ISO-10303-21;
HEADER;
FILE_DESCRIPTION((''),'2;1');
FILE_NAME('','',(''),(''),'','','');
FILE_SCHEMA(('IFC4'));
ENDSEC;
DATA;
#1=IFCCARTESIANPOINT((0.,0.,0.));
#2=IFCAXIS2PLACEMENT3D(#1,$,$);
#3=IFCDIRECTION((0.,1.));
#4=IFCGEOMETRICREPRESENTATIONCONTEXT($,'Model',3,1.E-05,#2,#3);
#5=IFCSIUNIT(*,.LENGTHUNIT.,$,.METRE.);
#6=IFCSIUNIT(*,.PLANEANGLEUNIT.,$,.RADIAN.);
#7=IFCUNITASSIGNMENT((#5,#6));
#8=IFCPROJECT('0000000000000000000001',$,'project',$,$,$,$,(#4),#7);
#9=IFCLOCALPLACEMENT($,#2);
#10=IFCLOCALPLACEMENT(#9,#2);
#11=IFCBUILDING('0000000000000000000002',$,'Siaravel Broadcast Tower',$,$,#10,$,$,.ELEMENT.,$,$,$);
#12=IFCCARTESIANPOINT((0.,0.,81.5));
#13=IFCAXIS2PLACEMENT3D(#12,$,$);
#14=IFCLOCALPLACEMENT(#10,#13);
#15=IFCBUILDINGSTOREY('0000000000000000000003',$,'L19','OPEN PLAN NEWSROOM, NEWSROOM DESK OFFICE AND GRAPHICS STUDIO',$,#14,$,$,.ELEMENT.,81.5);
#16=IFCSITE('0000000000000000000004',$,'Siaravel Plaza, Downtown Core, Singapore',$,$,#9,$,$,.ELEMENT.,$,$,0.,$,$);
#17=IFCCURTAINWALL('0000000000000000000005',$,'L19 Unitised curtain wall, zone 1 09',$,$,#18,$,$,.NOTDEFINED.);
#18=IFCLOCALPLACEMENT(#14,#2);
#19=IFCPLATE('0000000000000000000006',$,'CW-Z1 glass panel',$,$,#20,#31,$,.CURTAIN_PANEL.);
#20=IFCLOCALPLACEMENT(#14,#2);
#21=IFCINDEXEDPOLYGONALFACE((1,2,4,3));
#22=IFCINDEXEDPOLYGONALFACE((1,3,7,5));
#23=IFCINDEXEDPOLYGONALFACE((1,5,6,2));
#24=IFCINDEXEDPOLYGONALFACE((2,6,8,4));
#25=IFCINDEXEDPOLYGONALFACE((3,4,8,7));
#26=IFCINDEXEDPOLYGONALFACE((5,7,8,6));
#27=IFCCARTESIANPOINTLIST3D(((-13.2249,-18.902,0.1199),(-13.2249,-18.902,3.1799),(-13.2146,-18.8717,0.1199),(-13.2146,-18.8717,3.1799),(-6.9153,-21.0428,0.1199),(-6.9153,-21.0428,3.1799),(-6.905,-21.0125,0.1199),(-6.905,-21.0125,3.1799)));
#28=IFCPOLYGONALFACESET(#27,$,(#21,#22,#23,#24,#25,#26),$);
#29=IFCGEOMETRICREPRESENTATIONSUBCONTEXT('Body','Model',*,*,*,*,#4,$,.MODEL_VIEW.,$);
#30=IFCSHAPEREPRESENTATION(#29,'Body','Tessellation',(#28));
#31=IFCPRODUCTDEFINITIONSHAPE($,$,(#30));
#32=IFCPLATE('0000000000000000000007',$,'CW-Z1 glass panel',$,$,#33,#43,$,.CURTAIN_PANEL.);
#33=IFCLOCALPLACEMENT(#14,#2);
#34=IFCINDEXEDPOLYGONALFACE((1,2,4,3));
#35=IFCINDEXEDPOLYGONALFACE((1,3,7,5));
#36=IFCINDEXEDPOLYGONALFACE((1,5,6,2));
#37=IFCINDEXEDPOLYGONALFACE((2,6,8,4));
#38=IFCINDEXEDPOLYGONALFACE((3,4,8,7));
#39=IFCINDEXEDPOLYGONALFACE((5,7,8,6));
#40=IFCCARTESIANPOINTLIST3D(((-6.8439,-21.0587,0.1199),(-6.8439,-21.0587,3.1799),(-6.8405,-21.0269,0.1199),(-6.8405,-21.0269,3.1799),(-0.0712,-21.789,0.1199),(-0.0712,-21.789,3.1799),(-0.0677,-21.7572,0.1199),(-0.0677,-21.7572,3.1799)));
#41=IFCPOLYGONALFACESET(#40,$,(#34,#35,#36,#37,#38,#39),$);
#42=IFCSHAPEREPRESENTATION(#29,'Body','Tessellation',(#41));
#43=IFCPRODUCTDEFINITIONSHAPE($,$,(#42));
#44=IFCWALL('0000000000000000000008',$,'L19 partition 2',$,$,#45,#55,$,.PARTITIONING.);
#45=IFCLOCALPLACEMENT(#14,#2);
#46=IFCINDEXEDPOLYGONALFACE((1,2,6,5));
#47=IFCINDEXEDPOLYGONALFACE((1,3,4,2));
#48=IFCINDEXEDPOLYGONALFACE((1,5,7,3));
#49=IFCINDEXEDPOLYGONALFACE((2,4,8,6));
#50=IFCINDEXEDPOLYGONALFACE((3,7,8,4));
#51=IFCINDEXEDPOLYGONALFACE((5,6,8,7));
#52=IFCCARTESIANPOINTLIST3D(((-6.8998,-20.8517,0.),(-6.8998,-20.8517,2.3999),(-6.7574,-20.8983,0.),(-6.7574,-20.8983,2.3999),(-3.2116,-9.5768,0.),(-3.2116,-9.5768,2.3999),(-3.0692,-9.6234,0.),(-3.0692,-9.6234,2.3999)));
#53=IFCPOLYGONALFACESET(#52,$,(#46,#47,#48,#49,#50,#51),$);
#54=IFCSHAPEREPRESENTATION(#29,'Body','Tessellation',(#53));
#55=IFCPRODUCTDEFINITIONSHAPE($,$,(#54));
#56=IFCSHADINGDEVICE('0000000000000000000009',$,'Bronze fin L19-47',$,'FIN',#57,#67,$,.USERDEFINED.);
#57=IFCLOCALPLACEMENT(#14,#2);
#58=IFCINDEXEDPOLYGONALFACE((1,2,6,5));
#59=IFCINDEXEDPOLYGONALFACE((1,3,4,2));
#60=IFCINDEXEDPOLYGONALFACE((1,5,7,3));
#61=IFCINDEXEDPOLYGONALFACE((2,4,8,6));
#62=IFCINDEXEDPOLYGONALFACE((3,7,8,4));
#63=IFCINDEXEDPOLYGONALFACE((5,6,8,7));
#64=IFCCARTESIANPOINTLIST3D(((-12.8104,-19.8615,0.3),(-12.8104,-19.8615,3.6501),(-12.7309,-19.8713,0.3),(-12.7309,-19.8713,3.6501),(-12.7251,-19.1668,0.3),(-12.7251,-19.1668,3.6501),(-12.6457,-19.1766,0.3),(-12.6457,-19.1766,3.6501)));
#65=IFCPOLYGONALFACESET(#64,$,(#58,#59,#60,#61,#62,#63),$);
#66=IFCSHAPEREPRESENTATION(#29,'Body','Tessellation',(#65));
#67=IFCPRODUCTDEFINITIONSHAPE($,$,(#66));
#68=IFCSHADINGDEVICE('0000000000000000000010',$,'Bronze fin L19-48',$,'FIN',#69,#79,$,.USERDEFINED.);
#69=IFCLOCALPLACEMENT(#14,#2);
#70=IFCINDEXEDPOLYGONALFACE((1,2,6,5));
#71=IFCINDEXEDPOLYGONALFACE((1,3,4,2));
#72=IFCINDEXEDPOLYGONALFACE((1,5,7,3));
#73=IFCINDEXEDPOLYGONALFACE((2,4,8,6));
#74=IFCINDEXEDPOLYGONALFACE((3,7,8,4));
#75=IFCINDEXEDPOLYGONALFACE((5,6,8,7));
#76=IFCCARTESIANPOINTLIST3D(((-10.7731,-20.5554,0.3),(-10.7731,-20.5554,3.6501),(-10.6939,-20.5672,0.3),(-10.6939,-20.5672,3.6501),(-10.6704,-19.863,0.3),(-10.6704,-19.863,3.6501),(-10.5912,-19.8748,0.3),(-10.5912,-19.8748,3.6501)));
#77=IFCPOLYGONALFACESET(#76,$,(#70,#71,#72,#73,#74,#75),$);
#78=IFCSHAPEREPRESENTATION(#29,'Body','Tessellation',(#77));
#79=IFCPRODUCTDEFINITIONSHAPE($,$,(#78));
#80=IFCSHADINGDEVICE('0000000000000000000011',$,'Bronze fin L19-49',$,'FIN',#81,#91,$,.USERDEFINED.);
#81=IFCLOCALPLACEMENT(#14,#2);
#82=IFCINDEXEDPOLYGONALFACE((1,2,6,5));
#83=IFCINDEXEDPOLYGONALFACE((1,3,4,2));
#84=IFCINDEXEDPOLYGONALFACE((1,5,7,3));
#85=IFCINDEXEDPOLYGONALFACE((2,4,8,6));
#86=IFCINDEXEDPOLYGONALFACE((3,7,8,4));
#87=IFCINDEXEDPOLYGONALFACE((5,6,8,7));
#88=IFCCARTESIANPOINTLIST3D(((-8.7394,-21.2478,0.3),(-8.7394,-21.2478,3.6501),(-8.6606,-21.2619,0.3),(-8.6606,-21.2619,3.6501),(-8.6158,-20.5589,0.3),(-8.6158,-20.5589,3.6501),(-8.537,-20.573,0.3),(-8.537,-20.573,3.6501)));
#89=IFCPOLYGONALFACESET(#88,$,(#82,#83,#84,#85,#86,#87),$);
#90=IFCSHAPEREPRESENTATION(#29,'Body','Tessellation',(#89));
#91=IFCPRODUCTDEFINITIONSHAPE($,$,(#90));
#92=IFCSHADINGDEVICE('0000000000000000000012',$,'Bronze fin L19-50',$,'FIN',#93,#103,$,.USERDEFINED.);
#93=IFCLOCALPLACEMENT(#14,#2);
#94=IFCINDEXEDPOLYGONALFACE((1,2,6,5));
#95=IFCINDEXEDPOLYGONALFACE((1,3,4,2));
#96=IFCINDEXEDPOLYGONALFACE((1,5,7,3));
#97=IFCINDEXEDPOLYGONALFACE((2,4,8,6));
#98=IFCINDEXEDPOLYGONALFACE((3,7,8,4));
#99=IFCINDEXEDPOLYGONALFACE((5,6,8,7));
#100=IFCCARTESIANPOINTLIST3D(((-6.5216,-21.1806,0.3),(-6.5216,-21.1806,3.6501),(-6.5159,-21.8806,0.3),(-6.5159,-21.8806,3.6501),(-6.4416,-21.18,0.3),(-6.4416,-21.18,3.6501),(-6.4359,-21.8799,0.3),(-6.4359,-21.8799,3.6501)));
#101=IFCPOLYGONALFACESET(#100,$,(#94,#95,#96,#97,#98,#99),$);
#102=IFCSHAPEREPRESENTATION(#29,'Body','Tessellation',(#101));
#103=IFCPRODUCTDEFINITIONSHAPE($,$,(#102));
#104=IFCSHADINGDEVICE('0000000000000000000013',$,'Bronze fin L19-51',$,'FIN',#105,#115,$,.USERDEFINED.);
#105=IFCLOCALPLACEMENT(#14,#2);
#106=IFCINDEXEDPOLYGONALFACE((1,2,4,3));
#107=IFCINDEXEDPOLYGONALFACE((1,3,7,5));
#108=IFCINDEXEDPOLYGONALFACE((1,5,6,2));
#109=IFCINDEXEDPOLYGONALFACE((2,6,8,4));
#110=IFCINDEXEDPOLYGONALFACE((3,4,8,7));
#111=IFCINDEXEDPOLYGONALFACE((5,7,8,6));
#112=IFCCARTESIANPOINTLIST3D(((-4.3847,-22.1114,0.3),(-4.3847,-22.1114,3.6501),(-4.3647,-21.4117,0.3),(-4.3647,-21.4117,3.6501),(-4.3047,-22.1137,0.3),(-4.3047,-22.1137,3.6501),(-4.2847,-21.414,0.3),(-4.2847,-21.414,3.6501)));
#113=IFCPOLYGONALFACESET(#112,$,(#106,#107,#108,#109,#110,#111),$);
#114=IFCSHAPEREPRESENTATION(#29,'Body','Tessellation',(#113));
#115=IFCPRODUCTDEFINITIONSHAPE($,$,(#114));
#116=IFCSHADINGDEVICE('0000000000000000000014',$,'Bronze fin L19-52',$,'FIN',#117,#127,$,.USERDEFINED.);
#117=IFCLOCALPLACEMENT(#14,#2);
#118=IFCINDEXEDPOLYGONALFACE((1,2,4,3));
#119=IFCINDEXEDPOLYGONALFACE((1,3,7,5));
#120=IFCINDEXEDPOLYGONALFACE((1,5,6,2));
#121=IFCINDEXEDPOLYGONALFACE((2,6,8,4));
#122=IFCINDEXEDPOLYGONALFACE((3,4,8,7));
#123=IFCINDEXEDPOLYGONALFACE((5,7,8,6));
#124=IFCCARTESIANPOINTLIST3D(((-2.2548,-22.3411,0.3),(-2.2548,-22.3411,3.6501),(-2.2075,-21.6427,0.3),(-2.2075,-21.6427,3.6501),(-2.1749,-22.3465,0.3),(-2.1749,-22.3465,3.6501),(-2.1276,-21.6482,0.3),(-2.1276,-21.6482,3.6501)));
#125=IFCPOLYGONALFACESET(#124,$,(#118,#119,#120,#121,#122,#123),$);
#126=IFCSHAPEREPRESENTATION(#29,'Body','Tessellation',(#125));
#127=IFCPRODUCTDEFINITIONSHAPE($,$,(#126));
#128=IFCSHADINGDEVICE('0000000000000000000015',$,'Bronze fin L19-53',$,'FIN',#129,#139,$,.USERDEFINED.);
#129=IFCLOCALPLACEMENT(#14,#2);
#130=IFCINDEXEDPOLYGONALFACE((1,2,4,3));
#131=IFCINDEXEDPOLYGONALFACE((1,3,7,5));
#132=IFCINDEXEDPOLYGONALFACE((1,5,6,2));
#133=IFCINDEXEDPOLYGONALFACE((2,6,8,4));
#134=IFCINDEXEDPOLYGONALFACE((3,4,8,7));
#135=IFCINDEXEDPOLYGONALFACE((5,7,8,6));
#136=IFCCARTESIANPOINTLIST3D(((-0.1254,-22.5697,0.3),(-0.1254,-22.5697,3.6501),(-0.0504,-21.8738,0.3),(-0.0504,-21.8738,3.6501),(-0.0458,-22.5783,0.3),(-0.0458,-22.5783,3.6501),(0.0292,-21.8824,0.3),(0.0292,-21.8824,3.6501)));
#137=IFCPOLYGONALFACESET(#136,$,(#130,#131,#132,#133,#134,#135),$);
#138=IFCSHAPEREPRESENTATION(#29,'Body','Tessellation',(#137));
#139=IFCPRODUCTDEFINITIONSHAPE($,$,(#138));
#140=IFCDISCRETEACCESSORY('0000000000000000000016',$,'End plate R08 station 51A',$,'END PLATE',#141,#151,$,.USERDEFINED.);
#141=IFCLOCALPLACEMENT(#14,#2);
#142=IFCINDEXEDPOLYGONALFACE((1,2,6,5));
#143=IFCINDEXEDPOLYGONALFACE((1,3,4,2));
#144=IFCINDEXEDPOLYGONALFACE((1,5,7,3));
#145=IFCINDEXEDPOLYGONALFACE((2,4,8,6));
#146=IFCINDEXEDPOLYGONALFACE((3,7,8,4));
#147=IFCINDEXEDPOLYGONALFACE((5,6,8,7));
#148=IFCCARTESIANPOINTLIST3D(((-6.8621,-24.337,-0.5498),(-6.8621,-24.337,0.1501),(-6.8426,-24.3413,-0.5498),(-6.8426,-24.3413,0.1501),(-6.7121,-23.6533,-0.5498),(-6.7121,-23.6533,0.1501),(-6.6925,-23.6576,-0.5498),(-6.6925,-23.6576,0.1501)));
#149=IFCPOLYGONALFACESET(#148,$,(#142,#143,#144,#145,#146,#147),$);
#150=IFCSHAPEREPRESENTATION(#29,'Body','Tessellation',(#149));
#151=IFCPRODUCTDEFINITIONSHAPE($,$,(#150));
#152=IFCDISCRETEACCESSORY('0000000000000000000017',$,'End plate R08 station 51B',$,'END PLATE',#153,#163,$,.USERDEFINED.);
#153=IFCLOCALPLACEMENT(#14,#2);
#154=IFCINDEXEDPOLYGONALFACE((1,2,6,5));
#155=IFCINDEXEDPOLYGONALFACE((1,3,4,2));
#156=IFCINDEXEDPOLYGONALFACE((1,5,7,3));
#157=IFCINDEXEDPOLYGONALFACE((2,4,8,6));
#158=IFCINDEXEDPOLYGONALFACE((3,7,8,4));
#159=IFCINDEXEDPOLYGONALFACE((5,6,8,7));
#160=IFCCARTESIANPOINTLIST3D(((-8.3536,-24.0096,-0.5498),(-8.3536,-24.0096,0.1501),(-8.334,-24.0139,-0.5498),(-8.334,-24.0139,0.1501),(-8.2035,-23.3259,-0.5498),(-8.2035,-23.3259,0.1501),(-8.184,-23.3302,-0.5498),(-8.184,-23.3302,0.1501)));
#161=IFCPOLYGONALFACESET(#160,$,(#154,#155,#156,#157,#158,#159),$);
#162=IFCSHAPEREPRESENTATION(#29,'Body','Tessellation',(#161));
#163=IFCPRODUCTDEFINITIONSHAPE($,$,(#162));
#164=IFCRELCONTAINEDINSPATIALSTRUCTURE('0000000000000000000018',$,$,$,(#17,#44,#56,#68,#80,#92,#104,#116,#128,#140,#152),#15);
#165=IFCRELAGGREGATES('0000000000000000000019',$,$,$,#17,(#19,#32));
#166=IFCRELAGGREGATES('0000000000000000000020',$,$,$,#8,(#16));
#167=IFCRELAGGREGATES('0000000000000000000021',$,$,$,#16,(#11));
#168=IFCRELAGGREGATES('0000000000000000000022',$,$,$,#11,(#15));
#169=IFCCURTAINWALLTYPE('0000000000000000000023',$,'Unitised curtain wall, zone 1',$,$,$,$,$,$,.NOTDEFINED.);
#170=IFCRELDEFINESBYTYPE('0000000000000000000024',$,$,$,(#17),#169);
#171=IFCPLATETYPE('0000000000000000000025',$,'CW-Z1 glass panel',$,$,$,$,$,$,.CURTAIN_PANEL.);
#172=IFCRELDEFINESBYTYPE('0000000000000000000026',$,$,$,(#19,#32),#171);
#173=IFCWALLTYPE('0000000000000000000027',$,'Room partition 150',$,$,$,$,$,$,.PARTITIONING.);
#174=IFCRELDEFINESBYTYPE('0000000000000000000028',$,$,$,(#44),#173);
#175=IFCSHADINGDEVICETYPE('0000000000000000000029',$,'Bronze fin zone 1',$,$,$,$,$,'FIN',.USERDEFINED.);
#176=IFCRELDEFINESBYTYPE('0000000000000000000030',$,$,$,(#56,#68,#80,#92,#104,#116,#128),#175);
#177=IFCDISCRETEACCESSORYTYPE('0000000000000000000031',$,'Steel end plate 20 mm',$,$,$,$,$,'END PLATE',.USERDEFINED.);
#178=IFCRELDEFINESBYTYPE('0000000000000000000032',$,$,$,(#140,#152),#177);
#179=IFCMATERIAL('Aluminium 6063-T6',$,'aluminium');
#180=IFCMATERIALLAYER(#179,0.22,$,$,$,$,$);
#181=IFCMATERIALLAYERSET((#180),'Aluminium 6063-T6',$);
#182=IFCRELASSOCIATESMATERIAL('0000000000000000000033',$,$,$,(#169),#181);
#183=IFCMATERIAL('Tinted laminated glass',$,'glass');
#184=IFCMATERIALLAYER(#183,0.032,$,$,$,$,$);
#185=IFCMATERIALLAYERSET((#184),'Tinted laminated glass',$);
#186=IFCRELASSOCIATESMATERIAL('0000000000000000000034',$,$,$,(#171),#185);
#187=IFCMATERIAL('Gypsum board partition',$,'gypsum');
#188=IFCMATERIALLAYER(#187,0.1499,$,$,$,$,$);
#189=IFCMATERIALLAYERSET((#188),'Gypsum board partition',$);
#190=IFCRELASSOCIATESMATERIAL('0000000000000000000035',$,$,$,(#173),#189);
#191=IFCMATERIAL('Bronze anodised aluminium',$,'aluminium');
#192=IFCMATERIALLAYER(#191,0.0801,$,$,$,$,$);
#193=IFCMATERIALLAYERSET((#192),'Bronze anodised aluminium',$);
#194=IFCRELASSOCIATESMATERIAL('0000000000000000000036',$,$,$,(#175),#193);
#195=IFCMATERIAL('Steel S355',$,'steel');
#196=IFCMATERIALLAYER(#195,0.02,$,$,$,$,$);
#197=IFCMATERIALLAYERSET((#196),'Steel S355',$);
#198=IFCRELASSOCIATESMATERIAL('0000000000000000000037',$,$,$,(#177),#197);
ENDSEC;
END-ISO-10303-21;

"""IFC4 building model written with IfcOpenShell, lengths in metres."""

from ifc_helpers import new_model, si_unit, direction, frame, frame_2d, origin, origin_2d, place, context, subcontext, project, spatial, rectangle, extrude, material, layer, layer_set, type_object, element, aggregate, save


model = new_model("IFC4")

# Units and contexts
model_context = context("Model", 3, precision=1e-05, world=origin(), true_north=direction((0.0, 1.0)))
body_context = subcontext(model_context, "Body", "Model", "MODEL_VIEW")
ifc_project = project(units=[si_unit("LENGTHUNIT", "METRE"), si_unit("PLANEANGLEUNIT", "RADIAN")], contexts=[model_context])

# Site, building, storey
site_placement = place(None, origin())
site = spatial("IfcSite", under=ifc_project, at=site_placement, Name="Siaravel Plaza, Downtown Core, Singapore", CompositionType="ELEMENT", RefElevation=0.0)
building_placement = place(site_placement, origin())
building = spatial("IfcBuilding", under=site, at=building_placement, Name="Siaravel Broadcast Tower", CompositionType="ELEMENT")
storey_placement = place(building_placement, frame((0.0, 0.0, 81.5)))
storey = spatial("IfcBuildingStorey", under=building, at=storey_placement, Name="L19", Description="OPEN PLAN NEWSROOM, NEWSROOM DESK OFFICE AND GRAPHICS STUDIO", CompositionType="ELEMENT", Elevation=81.5)

# Shared definitions
ifc_material_1 = material(Name="Steel S355", Category="steel")

# Curtain wall
ifc_material_2 = material(Name="Aluminium 6063-T6", Category="aluminium")
ifc_layer_1 = layer(ifc_material_2, 0.22)
ifc_layer_set_1 = layer_set([ifc_layer_1], Name="Aluminium 6063-T6")
curtain_wall_type = type_object("IfcCurtainWallType", Name="Unitised curtain wall, zone 1", PredefinedType="NOTDEFINED", material=ifc_layer_set_1)
curtain_wall_placement = place(storey_placement, origin())
curtain_wall = element("IfcCurtainWall", 1, at=curtain_wall_placement, inside=storey, type_object=curtain_wall_type, Name="L19 Unitised curtain wall, zone 1 09", PredefinedType="NOTDEFINED")

# Plates
ifc_material_3 = material(Name="Tinted laminated glass", Category="glass")
ifc_layer_2 = layer(ifc_material_3, 0.032)
ifc_layer_set_2 = layer_set([ifc_layer_2], Name="Tinted laminated glass")
plate_type = type_object("IfcPlateType", Name="CW-Z1 glass panel", PredefinedType="CURTAIN_PANEL", material=ifc_layer_set_2)
plate_1_placement = place(storey_placement, frame((-10.0649, -19.9573, 0.1199), z_axis=(0.0, 0.0, 1.0), x_axis=(0.946977, -0.321301, 0.0)))
plate_1 = element("IfcPlate", 2, at=plate_1_placement, type_object=plate_type, Name="CW-Z1 glass panel", PredefinedType="CURTAIN_PANEL", context=body_context, shape_type="SweptSolid", body=[
    extrude(rectangle(XDim=6.6628, YDim=0.032, at=origin_2d()), origin(), (0.0, 0.0, 1.0), 3.0601),
])
plate_2_placement = place(storey_placement, frame((-3.4558, -21.408, 0.1199), z_axis=(0.0, 0.0, 1.0), x_axis=(0.994236, -0.107218, 0.0)))
plate_2 = element("IfcPlate", 3, at=plate_2_placement, type_object=plate_type, Name="CW-Z1 glass panel", PredefinedType="CURTAIN_PANEL", context=body_context, shape_type="SweptSolid", body=[
    extrude(rectangle(XDim=6.812, YDim=0.032, at=origin_2d()), origin(), (0.0, 0.0, 1.0), 3.0601),
])
aggregate(curtain_wall, [plate_1, plate_2])

# Wall
ifc_material_4 = material(Name="Gypsum board partition", Category="gypsum")
ifc_layer_3 = layer(ifc_material_4, 0.1499)
ifc_layer_set_3 = layer_set([ifc_layer_3], Name="Gypsum board partition")
wall_type = type_object("IfcWallType", Name="Room partition 150", PredefinedType="PARTITIONING", material=ifc_layer_set_3)
wall_placement = place(storey_placement, frame((-6.8286, -20.875, 0.0), z_axis=(0.0, 0.0, 1.0), x_axis=(0.310907, 0.95044, 0.0)))
element("IfcWall", 4, at=wall_placement, inside=storey, type_object=wall_type, Name="L19 partition 2", PredefinedType="PARTITIONING", context=body_context, shape_type="SweptSolid", body=[
    extrude(rectangle(XDim=11.8628, YDim=0.1499, at=frame_2d((5.9314, 0.0))), origin(), (0.0, 0.0, 1.0), 2.3999),
])

# Shading devices
ifc_material_5 = material(Name="Bronze anodised aluminium", Category="aluminium")
ifc_layer_4 = layer(ifc_material_5, 0.0801)
ifc_layer_set_4 = layer_set([ifc_layer_4], Name="Bronze anodised aluminium")
shading_device_type = type_object("IfcShadingDeviceType", Name="Bronze fin zone 1", ElementType="FIN", PredefinedType="USERDEFINED", material=ifc_layer_set_4)
for number, where, z_axis, x_axis, name in (
    (5, (-12.728, -19.519, 0.3), (0.0, 0.0, 1.0), (-0.12181, -0.992553, 0.0), "Bronze fin L19-47"),
    (6, (-10.6821, -20.2151, 0.3), (0.0, 0.0, 1.0), (-0.146694, -0.989182, 0.0), "Bronze fin L19-48"),
    (7, (-8.6382, -20.9104, 0.3), (0.0, 0.0, 1.0), (-0.176585, -0.984285, 0.0), "Bronze fin L19-49"),
    (8, (-6.4788, -21.5303, 0.3), (0.0, 0.0, 1.0), (0.008137, -0.999967, 0.0), "Bronze fin L19-50"),
    (9, (-4.3347, -21.7627, 0.3), (0.0, 0.0, 1.0), (-0.028571, -0.999592, 0.0), "Bronze fin L19-51"),
    (10, (-2.1912, -21.9946, 0.3), (0.0, 0.0, 1.0), (-0.06757, -0.997715, 0.0), "Bronze fin L19-52"),
    (11, (-0.0481, -22.2261, 0.3), (0.0, 0.0, 1.0), (-0.107219, -0.994235, 0.0), "Bronze fin L19-53"),
):
    element("IfcShadingDevice", number, at=place(storey_placement, frame(where, z_axis=z_axis, x_axis=x_axis)), inside=storey, type_object=shading_device_type, Name=name, ObjectType="FIN", PredefinedType="USERDEFINED", context=body_context, shape_type="SweptSolid", body=[
        extrude(rectangle(XDim=0.7, YDim=0.0801, at=origin_2d()), origin(), (0.0, 0.0, 1.0), 3.3501),
    ])

# Discrete accessories
ifc_layer_5 = layer(ifc_material_1, 0.02)
ifc_layer_set_5 = layer_set([ifc_layer_5], Name="Steel S355")
discrete_accessory_type = type_object("IfcDiscreteAccessoryType", Name="Steel end plate 20 mm", ElementType="END PLATE", PredefinedType="USERDEFINED", material=ifc_layer_set_5)
for number, where, z_axis, x_axis, name in (
    (12, (-6.7773, -23.9973, -0.5498), (0.0, 0.0, 1.0), (0.976751, -0.214377, 0.0), "End plate R08 station 51A"),
    (13, (-8.2688, -23.6699, -0.5498), (0.0, 0.0, 1.0), (0.976751, -0.214377, 0.0), "End plate R08 station 51B"),
):
    element("IfcDiscreteAccessory", number, at=place(storey_placement, frame(where, z_axis=z_axis, x_axis=x_axis)), inside=storey, type_object=discrete_accessory_type, Name=name, ObjectType="END PLATE", PredefinedType="USERDEFINED", context=body_context, shape_type="SweptSolid", body=[
        extrude(rectangle(XDim=0.02, YDim=0.7, at=origin_2d()), origin(), (0.0, 0.0, 1.0), 0.7),
    ])

save(model, "model.ifc")
